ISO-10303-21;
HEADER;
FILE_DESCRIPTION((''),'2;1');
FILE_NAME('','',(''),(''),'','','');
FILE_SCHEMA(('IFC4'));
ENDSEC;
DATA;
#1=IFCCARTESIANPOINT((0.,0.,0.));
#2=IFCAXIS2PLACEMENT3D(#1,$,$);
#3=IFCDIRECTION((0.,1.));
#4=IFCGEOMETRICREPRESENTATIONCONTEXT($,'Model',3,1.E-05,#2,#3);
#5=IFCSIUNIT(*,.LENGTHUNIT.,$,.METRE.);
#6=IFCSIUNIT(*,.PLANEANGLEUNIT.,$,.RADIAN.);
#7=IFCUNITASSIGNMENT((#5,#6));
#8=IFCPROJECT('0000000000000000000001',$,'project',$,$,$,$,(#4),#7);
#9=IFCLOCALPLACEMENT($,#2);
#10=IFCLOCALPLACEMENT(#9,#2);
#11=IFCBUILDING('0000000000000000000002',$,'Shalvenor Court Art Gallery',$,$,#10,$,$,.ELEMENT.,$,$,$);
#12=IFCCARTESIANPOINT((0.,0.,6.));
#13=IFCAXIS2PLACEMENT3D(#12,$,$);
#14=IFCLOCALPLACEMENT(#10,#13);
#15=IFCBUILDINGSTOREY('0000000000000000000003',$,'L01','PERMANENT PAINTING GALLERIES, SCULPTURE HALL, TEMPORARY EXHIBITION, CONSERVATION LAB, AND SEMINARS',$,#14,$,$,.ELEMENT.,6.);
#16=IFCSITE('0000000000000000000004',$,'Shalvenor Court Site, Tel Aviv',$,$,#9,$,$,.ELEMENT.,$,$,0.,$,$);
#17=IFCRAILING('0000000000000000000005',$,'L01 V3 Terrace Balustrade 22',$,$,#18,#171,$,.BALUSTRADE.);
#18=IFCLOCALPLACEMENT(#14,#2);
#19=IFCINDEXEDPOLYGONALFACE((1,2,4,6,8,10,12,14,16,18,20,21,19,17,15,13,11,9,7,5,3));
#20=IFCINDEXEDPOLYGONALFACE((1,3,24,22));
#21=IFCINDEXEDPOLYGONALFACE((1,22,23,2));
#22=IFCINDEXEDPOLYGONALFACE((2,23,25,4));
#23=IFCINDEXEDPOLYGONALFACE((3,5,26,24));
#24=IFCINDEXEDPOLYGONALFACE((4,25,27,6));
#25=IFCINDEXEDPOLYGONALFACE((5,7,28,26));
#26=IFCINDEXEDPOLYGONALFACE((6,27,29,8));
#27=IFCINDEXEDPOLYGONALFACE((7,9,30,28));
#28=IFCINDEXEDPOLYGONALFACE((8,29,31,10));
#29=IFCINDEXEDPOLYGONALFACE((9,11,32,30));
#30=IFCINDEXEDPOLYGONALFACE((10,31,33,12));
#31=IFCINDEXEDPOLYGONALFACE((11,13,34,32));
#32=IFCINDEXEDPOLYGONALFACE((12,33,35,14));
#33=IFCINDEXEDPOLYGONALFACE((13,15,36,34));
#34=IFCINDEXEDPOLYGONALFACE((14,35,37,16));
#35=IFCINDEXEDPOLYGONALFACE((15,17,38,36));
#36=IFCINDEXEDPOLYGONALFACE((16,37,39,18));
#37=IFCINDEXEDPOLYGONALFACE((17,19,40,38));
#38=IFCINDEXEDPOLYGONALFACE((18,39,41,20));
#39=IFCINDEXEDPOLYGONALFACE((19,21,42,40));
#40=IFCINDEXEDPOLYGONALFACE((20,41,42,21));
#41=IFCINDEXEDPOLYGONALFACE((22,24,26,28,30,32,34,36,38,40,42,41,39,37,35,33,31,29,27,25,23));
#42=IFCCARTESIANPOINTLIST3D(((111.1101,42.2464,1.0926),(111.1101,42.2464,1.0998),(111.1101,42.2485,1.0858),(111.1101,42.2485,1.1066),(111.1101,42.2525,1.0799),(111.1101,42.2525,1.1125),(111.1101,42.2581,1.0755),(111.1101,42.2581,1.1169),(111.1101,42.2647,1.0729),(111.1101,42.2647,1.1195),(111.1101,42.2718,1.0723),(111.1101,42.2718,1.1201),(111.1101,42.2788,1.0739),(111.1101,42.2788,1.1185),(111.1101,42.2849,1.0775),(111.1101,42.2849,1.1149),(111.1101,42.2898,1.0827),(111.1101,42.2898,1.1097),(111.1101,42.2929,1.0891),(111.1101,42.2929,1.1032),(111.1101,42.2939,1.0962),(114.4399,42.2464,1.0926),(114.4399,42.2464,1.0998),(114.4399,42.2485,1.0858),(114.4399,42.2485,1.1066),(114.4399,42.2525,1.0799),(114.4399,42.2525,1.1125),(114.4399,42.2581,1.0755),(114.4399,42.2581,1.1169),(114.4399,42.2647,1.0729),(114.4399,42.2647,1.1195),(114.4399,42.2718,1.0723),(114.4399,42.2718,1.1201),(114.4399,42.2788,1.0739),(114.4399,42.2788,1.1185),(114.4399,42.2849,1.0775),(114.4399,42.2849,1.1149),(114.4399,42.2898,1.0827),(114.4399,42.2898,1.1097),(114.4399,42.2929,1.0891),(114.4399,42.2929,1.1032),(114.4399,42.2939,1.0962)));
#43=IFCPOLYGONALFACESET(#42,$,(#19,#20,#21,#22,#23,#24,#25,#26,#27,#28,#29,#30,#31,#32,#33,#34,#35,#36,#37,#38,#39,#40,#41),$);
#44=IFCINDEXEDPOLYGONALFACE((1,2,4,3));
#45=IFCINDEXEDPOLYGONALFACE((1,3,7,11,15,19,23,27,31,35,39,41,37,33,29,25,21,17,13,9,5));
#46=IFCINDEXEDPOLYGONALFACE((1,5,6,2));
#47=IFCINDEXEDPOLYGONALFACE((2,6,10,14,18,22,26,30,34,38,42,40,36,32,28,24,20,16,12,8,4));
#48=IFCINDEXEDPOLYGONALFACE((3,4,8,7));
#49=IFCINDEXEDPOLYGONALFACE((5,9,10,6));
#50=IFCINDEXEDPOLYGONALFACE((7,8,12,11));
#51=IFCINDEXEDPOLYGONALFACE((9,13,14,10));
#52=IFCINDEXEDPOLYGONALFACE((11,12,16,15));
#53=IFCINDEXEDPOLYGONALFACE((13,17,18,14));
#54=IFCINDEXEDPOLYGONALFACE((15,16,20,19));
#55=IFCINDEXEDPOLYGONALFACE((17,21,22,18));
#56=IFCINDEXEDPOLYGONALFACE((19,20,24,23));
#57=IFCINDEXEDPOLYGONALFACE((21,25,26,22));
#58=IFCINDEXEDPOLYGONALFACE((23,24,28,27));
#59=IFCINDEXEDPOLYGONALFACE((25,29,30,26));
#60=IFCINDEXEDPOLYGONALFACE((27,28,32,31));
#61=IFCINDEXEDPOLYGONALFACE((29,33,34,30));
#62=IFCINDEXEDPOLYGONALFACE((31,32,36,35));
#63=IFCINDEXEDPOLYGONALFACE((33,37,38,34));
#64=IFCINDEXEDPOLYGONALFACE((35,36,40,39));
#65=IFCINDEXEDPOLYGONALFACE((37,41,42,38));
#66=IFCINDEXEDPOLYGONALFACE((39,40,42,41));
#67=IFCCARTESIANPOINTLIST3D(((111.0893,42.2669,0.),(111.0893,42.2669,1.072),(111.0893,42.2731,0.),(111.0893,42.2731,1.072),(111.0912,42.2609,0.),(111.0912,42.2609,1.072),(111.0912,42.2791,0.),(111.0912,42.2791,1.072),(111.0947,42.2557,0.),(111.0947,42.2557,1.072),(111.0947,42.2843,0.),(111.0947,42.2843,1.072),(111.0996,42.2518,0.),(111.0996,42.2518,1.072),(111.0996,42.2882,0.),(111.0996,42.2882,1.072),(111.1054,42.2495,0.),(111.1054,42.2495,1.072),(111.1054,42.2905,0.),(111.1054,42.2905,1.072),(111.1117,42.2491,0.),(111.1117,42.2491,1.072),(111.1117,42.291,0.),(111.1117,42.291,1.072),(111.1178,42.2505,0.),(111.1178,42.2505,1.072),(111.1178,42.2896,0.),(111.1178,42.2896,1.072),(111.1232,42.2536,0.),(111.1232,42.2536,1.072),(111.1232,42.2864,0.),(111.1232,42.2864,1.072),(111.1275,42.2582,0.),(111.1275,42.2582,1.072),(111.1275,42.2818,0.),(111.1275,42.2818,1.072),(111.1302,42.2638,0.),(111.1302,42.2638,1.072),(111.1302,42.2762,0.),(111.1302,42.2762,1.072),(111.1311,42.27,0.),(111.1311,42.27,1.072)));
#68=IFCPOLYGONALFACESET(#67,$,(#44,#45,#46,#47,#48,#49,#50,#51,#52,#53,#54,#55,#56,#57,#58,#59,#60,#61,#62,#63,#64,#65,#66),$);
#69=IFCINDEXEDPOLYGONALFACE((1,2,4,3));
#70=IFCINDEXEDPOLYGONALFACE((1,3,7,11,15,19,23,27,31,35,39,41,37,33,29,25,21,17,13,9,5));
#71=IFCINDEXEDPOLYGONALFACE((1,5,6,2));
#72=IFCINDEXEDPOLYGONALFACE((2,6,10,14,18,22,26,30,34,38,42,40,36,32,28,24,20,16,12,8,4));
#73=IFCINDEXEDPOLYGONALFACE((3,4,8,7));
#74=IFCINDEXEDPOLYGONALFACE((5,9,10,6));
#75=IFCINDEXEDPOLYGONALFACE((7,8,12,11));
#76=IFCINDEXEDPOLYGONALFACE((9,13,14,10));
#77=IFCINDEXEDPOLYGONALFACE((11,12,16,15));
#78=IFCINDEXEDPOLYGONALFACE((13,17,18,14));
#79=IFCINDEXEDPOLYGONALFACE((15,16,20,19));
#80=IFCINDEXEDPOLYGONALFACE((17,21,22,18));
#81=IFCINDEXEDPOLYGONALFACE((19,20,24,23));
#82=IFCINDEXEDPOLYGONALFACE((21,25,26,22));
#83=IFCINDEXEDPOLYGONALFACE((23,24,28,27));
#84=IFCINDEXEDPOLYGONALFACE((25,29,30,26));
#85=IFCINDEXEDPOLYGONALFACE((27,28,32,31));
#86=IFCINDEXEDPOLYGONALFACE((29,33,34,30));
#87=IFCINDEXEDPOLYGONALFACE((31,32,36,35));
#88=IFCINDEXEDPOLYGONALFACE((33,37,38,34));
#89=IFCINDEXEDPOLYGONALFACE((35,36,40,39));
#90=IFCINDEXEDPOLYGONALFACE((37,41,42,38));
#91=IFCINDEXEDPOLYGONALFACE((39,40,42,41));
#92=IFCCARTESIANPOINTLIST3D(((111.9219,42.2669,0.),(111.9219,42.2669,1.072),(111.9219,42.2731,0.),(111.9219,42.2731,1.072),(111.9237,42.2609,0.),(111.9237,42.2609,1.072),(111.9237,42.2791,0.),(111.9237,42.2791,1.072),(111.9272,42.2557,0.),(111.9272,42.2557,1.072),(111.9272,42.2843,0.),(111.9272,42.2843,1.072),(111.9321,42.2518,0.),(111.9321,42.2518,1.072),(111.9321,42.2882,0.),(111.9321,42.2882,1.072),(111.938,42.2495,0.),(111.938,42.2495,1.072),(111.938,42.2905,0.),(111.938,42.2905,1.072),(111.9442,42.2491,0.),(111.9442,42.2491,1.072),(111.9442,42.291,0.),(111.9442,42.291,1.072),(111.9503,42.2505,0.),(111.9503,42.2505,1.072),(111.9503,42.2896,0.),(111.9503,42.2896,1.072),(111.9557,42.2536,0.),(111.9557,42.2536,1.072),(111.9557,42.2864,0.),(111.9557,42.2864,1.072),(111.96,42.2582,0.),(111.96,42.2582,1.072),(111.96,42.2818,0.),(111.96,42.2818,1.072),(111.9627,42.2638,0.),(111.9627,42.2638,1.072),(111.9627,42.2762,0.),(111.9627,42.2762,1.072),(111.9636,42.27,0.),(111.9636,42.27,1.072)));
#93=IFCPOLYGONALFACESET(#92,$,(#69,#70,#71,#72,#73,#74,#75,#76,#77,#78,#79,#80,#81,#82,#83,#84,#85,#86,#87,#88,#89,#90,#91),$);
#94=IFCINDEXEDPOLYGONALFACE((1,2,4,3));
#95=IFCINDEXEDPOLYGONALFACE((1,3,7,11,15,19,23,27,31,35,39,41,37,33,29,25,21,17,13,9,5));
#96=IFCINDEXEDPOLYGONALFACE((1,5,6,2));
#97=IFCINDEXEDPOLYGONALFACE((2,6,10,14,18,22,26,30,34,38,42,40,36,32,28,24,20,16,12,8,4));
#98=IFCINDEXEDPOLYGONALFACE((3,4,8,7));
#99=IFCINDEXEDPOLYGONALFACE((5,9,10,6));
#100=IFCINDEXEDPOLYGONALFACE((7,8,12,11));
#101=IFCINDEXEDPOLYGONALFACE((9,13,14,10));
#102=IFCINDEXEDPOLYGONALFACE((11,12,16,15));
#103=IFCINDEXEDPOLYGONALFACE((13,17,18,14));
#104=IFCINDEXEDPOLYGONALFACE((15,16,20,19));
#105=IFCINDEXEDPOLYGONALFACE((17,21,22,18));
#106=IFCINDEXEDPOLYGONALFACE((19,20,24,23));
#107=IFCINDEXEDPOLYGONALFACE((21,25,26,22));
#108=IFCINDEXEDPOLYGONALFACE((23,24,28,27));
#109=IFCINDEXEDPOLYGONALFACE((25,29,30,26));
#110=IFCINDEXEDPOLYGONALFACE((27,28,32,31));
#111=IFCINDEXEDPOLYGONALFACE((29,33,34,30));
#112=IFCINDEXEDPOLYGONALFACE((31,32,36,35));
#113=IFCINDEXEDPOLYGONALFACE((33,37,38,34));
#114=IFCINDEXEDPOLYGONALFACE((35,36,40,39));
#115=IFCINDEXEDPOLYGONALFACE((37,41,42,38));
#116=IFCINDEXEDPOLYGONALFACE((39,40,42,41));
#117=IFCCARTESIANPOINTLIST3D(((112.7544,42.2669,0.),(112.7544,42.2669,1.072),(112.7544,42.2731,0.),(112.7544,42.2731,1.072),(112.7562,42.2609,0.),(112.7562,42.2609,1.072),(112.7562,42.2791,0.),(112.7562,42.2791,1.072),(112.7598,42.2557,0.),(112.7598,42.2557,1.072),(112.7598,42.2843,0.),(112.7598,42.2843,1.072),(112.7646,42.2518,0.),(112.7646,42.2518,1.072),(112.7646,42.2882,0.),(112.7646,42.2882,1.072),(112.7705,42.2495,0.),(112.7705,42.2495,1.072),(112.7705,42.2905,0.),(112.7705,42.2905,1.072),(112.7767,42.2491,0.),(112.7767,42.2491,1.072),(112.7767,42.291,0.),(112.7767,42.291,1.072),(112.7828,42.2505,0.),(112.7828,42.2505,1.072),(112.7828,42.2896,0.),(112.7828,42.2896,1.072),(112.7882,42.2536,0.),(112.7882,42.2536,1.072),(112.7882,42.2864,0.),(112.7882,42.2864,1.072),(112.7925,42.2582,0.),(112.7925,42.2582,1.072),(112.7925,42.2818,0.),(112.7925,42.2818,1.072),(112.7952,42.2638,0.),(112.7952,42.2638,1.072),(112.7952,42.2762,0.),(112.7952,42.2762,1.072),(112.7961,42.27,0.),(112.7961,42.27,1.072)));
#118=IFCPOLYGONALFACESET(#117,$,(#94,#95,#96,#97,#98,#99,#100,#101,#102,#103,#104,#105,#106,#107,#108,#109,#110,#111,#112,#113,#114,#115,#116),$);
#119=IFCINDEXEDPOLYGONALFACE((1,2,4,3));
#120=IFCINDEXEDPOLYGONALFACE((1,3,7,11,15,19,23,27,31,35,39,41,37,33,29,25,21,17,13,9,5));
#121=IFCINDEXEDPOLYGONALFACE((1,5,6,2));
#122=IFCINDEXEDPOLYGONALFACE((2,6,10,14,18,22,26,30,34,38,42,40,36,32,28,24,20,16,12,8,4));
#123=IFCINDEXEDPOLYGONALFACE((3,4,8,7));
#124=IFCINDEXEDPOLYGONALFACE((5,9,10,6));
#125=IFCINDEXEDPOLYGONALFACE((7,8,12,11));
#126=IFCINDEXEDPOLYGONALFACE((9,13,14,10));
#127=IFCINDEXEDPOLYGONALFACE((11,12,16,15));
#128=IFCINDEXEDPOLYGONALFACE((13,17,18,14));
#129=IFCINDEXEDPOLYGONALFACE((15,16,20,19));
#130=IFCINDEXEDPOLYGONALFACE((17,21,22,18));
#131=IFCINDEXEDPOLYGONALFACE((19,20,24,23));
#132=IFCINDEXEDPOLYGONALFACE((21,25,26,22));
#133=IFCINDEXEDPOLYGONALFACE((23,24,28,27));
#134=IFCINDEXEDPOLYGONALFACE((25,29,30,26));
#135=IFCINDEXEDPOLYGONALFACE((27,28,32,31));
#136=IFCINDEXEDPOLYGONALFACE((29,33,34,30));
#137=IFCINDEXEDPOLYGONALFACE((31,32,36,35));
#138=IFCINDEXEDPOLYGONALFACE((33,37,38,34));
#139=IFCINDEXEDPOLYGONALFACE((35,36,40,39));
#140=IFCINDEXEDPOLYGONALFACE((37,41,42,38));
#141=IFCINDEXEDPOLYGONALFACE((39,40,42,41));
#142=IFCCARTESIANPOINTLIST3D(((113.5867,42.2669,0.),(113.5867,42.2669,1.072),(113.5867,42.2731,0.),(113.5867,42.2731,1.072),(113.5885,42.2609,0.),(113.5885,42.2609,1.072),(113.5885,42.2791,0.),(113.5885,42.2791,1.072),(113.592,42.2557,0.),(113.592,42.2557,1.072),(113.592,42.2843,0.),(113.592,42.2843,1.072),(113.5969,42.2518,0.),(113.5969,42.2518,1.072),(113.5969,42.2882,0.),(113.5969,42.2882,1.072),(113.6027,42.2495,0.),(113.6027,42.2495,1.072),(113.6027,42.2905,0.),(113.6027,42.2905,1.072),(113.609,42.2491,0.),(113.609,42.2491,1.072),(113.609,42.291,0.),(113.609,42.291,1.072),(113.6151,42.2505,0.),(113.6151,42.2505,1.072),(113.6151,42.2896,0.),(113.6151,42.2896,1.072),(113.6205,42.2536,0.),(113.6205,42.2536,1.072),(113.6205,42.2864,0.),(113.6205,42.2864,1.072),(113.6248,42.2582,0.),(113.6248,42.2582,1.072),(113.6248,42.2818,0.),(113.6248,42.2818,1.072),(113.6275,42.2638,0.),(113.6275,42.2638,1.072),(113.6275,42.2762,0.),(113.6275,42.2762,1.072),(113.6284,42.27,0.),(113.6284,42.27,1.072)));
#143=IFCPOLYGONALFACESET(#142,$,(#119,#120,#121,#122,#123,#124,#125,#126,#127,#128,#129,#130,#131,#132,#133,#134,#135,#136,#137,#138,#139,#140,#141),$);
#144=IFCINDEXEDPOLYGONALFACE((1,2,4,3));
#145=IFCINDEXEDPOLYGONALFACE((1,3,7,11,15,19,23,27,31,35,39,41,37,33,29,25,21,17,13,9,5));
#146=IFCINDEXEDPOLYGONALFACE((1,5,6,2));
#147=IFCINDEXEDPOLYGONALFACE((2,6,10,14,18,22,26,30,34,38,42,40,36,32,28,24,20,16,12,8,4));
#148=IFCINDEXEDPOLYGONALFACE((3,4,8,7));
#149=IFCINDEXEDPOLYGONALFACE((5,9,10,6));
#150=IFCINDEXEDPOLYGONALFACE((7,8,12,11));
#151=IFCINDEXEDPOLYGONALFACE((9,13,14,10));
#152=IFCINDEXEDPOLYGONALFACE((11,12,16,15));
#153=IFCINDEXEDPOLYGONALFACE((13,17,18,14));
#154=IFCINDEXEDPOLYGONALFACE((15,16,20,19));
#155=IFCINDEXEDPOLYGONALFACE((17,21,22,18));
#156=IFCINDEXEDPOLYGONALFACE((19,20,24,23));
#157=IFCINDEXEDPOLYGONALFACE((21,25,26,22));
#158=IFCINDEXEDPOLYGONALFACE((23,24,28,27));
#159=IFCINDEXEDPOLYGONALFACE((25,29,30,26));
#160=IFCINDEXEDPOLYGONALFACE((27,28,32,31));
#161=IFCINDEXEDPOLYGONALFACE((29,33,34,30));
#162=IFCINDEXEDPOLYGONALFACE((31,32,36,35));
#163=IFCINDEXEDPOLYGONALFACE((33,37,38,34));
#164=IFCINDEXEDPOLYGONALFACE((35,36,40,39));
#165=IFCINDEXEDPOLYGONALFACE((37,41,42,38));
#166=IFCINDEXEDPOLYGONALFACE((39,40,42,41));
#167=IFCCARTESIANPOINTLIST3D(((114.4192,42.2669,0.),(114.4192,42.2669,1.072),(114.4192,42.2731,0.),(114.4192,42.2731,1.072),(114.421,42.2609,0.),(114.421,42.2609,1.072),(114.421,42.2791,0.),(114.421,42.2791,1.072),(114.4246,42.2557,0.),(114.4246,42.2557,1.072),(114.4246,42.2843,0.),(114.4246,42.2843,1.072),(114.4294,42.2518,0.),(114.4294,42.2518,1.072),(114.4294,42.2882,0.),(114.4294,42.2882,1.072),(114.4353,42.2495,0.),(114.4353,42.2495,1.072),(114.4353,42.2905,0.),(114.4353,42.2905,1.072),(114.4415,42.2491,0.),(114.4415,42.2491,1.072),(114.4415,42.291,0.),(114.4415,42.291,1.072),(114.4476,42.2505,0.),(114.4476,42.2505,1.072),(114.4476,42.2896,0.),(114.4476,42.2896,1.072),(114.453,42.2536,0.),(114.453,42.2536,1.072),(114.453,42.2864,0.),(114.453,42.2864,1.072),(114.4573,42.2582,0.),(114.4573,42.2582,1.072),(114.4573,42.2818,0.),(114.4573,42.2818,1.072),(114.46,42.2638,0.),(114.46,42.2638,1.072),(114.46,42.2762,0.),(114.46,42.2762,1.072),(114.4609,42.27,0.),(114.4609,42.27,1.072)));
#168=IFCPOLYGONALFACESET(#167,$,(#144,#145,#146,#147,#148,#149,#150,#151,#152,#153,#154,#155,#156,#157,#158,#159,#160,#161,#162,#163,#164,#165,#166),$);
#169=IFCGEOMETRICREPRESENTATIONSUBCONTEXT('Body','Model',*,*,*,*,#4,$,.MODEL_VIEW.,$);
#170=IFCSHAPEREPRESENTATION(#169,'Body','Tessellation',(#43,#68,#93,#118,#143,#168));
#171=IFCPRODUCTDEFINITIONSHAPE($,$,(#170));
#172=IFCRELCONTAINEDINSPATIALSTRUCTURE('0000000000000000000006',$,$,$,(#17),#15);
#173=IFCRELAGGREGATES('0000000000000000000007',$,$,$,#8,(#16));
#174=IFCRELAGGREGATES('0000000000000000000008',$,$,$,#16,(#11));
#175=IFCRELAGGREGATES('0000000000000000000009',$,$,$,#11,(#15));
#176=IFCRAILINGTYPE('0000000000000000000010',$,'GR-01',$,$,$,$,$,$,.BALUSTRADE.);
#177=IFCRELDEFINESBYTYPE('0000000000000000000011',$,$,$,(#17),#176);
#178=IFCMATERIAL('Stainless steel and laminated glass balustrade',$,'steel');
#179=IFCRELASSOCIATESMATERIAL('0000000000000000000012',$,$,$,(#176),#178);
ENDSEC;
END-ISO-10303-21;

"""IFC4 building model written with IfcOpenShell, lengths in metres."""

from ifc_helpers import new_model, si_unit, direction, frame, origin, origin_2d, place, context, subcontext, project, spatial, circle, extrude, material, type_object, element, save


model = new_model("IFC4")

# Units and contexts
model_context = context("Model", 3, precision=1e-05, world=origin(), true_north=direction((0.0, 1.0)))
body_context = subcontext(model_context, "Body", "Model", "MODEL_VIEW")
ifc_project = project(units=[si_unit("LENGTHUNIT", "METRE"), si_unit("PLANEANGLEUNIT", "RADIAN")], contexts=[model_context])

# Site, building, storey
site_placement = place(None, origin())
site = spatial("IfcSite", under=ifc_project, at=site_placement, Name="Shalvenor Court Site, Tel Aviv", CompositionType="ELEMENT", RefElevation=0.0)
building_placement = place(site_placement, origin())
building = spatial("IfcBuilding", under=site, at=building_placement, Name="Shalvenor Court Art Gallery", CompositionType="ELEMENT")
storey_placement = place(building_placement, frame((0.0, 0.0, 6.0)))
storey = spatial("IfcBuildingStorey", under=building, at=storey_placement, Name="L01", Description="PERMANENT PAINTING GALLERIES, SCULPTURE HALL, TEMPORARY EXHIBITION, CONSERVATION LAB, AND SEMINARS", CompositionType="ELEMENT", Elevation=6.0)

# Railing
ifc_material_1 = material(Name="Stainless steel and laminated glass balustrade", Category="steel")
railing_type = type_object("IfcRailingType", Name="GR-01", PredefinedType="BALUSTRADE", material=ifc_material_1)
railing_1_placement = place(storey_placement, frame((111.1101, 42.27, 0.0)))
element("IfcRailing", 1, at=railing_1_placement, inside=storey, type_object=railing_type, Name="L01 V3 Terrace Balustrade 22", PredefinedType="BALUSTRADE", context=body_context, shape_type="SweptSolid", body=[
    extrude(circle(Radius=0.0239, at=origin_2d()), frame((0.0, 0.0, 1.0962), z_axis=(1.0, 0.0, 0.0), x_axis=(0.0, 1.0, 0.0)), (0.0, 0.0, 1.0), 3.3298),
    extrude(circle(Radius=0.021, at=origin_2d()), origin(), (0.0, 0.0, 1.0), 1.072),
    extrude(circle(Radius=0.021, at=origin_2d()), frame((0.8325, 0.0, 0.0)), (0.0, 0.0, 1.0), 1.072),
    extrude(circle(Radius=0.021, at=origin_2d()), frame((1.665, 0.0, 0.0)), (0.0, 0.0, 1.0), 1.072),
    extrude(circle(Radius=0.021, at=origin_2d()), frame((2.4973, 0.0, 0.0)), (0.0, 0.0, 1.0), 1.072),
    extrude(circle(Radius=0.021, at=origin_2d()), frame((3.3298, 0.0, 0.0)), (0.0, 0.0, 1.0), 1.072),
])

save(model, "model.ifc")
